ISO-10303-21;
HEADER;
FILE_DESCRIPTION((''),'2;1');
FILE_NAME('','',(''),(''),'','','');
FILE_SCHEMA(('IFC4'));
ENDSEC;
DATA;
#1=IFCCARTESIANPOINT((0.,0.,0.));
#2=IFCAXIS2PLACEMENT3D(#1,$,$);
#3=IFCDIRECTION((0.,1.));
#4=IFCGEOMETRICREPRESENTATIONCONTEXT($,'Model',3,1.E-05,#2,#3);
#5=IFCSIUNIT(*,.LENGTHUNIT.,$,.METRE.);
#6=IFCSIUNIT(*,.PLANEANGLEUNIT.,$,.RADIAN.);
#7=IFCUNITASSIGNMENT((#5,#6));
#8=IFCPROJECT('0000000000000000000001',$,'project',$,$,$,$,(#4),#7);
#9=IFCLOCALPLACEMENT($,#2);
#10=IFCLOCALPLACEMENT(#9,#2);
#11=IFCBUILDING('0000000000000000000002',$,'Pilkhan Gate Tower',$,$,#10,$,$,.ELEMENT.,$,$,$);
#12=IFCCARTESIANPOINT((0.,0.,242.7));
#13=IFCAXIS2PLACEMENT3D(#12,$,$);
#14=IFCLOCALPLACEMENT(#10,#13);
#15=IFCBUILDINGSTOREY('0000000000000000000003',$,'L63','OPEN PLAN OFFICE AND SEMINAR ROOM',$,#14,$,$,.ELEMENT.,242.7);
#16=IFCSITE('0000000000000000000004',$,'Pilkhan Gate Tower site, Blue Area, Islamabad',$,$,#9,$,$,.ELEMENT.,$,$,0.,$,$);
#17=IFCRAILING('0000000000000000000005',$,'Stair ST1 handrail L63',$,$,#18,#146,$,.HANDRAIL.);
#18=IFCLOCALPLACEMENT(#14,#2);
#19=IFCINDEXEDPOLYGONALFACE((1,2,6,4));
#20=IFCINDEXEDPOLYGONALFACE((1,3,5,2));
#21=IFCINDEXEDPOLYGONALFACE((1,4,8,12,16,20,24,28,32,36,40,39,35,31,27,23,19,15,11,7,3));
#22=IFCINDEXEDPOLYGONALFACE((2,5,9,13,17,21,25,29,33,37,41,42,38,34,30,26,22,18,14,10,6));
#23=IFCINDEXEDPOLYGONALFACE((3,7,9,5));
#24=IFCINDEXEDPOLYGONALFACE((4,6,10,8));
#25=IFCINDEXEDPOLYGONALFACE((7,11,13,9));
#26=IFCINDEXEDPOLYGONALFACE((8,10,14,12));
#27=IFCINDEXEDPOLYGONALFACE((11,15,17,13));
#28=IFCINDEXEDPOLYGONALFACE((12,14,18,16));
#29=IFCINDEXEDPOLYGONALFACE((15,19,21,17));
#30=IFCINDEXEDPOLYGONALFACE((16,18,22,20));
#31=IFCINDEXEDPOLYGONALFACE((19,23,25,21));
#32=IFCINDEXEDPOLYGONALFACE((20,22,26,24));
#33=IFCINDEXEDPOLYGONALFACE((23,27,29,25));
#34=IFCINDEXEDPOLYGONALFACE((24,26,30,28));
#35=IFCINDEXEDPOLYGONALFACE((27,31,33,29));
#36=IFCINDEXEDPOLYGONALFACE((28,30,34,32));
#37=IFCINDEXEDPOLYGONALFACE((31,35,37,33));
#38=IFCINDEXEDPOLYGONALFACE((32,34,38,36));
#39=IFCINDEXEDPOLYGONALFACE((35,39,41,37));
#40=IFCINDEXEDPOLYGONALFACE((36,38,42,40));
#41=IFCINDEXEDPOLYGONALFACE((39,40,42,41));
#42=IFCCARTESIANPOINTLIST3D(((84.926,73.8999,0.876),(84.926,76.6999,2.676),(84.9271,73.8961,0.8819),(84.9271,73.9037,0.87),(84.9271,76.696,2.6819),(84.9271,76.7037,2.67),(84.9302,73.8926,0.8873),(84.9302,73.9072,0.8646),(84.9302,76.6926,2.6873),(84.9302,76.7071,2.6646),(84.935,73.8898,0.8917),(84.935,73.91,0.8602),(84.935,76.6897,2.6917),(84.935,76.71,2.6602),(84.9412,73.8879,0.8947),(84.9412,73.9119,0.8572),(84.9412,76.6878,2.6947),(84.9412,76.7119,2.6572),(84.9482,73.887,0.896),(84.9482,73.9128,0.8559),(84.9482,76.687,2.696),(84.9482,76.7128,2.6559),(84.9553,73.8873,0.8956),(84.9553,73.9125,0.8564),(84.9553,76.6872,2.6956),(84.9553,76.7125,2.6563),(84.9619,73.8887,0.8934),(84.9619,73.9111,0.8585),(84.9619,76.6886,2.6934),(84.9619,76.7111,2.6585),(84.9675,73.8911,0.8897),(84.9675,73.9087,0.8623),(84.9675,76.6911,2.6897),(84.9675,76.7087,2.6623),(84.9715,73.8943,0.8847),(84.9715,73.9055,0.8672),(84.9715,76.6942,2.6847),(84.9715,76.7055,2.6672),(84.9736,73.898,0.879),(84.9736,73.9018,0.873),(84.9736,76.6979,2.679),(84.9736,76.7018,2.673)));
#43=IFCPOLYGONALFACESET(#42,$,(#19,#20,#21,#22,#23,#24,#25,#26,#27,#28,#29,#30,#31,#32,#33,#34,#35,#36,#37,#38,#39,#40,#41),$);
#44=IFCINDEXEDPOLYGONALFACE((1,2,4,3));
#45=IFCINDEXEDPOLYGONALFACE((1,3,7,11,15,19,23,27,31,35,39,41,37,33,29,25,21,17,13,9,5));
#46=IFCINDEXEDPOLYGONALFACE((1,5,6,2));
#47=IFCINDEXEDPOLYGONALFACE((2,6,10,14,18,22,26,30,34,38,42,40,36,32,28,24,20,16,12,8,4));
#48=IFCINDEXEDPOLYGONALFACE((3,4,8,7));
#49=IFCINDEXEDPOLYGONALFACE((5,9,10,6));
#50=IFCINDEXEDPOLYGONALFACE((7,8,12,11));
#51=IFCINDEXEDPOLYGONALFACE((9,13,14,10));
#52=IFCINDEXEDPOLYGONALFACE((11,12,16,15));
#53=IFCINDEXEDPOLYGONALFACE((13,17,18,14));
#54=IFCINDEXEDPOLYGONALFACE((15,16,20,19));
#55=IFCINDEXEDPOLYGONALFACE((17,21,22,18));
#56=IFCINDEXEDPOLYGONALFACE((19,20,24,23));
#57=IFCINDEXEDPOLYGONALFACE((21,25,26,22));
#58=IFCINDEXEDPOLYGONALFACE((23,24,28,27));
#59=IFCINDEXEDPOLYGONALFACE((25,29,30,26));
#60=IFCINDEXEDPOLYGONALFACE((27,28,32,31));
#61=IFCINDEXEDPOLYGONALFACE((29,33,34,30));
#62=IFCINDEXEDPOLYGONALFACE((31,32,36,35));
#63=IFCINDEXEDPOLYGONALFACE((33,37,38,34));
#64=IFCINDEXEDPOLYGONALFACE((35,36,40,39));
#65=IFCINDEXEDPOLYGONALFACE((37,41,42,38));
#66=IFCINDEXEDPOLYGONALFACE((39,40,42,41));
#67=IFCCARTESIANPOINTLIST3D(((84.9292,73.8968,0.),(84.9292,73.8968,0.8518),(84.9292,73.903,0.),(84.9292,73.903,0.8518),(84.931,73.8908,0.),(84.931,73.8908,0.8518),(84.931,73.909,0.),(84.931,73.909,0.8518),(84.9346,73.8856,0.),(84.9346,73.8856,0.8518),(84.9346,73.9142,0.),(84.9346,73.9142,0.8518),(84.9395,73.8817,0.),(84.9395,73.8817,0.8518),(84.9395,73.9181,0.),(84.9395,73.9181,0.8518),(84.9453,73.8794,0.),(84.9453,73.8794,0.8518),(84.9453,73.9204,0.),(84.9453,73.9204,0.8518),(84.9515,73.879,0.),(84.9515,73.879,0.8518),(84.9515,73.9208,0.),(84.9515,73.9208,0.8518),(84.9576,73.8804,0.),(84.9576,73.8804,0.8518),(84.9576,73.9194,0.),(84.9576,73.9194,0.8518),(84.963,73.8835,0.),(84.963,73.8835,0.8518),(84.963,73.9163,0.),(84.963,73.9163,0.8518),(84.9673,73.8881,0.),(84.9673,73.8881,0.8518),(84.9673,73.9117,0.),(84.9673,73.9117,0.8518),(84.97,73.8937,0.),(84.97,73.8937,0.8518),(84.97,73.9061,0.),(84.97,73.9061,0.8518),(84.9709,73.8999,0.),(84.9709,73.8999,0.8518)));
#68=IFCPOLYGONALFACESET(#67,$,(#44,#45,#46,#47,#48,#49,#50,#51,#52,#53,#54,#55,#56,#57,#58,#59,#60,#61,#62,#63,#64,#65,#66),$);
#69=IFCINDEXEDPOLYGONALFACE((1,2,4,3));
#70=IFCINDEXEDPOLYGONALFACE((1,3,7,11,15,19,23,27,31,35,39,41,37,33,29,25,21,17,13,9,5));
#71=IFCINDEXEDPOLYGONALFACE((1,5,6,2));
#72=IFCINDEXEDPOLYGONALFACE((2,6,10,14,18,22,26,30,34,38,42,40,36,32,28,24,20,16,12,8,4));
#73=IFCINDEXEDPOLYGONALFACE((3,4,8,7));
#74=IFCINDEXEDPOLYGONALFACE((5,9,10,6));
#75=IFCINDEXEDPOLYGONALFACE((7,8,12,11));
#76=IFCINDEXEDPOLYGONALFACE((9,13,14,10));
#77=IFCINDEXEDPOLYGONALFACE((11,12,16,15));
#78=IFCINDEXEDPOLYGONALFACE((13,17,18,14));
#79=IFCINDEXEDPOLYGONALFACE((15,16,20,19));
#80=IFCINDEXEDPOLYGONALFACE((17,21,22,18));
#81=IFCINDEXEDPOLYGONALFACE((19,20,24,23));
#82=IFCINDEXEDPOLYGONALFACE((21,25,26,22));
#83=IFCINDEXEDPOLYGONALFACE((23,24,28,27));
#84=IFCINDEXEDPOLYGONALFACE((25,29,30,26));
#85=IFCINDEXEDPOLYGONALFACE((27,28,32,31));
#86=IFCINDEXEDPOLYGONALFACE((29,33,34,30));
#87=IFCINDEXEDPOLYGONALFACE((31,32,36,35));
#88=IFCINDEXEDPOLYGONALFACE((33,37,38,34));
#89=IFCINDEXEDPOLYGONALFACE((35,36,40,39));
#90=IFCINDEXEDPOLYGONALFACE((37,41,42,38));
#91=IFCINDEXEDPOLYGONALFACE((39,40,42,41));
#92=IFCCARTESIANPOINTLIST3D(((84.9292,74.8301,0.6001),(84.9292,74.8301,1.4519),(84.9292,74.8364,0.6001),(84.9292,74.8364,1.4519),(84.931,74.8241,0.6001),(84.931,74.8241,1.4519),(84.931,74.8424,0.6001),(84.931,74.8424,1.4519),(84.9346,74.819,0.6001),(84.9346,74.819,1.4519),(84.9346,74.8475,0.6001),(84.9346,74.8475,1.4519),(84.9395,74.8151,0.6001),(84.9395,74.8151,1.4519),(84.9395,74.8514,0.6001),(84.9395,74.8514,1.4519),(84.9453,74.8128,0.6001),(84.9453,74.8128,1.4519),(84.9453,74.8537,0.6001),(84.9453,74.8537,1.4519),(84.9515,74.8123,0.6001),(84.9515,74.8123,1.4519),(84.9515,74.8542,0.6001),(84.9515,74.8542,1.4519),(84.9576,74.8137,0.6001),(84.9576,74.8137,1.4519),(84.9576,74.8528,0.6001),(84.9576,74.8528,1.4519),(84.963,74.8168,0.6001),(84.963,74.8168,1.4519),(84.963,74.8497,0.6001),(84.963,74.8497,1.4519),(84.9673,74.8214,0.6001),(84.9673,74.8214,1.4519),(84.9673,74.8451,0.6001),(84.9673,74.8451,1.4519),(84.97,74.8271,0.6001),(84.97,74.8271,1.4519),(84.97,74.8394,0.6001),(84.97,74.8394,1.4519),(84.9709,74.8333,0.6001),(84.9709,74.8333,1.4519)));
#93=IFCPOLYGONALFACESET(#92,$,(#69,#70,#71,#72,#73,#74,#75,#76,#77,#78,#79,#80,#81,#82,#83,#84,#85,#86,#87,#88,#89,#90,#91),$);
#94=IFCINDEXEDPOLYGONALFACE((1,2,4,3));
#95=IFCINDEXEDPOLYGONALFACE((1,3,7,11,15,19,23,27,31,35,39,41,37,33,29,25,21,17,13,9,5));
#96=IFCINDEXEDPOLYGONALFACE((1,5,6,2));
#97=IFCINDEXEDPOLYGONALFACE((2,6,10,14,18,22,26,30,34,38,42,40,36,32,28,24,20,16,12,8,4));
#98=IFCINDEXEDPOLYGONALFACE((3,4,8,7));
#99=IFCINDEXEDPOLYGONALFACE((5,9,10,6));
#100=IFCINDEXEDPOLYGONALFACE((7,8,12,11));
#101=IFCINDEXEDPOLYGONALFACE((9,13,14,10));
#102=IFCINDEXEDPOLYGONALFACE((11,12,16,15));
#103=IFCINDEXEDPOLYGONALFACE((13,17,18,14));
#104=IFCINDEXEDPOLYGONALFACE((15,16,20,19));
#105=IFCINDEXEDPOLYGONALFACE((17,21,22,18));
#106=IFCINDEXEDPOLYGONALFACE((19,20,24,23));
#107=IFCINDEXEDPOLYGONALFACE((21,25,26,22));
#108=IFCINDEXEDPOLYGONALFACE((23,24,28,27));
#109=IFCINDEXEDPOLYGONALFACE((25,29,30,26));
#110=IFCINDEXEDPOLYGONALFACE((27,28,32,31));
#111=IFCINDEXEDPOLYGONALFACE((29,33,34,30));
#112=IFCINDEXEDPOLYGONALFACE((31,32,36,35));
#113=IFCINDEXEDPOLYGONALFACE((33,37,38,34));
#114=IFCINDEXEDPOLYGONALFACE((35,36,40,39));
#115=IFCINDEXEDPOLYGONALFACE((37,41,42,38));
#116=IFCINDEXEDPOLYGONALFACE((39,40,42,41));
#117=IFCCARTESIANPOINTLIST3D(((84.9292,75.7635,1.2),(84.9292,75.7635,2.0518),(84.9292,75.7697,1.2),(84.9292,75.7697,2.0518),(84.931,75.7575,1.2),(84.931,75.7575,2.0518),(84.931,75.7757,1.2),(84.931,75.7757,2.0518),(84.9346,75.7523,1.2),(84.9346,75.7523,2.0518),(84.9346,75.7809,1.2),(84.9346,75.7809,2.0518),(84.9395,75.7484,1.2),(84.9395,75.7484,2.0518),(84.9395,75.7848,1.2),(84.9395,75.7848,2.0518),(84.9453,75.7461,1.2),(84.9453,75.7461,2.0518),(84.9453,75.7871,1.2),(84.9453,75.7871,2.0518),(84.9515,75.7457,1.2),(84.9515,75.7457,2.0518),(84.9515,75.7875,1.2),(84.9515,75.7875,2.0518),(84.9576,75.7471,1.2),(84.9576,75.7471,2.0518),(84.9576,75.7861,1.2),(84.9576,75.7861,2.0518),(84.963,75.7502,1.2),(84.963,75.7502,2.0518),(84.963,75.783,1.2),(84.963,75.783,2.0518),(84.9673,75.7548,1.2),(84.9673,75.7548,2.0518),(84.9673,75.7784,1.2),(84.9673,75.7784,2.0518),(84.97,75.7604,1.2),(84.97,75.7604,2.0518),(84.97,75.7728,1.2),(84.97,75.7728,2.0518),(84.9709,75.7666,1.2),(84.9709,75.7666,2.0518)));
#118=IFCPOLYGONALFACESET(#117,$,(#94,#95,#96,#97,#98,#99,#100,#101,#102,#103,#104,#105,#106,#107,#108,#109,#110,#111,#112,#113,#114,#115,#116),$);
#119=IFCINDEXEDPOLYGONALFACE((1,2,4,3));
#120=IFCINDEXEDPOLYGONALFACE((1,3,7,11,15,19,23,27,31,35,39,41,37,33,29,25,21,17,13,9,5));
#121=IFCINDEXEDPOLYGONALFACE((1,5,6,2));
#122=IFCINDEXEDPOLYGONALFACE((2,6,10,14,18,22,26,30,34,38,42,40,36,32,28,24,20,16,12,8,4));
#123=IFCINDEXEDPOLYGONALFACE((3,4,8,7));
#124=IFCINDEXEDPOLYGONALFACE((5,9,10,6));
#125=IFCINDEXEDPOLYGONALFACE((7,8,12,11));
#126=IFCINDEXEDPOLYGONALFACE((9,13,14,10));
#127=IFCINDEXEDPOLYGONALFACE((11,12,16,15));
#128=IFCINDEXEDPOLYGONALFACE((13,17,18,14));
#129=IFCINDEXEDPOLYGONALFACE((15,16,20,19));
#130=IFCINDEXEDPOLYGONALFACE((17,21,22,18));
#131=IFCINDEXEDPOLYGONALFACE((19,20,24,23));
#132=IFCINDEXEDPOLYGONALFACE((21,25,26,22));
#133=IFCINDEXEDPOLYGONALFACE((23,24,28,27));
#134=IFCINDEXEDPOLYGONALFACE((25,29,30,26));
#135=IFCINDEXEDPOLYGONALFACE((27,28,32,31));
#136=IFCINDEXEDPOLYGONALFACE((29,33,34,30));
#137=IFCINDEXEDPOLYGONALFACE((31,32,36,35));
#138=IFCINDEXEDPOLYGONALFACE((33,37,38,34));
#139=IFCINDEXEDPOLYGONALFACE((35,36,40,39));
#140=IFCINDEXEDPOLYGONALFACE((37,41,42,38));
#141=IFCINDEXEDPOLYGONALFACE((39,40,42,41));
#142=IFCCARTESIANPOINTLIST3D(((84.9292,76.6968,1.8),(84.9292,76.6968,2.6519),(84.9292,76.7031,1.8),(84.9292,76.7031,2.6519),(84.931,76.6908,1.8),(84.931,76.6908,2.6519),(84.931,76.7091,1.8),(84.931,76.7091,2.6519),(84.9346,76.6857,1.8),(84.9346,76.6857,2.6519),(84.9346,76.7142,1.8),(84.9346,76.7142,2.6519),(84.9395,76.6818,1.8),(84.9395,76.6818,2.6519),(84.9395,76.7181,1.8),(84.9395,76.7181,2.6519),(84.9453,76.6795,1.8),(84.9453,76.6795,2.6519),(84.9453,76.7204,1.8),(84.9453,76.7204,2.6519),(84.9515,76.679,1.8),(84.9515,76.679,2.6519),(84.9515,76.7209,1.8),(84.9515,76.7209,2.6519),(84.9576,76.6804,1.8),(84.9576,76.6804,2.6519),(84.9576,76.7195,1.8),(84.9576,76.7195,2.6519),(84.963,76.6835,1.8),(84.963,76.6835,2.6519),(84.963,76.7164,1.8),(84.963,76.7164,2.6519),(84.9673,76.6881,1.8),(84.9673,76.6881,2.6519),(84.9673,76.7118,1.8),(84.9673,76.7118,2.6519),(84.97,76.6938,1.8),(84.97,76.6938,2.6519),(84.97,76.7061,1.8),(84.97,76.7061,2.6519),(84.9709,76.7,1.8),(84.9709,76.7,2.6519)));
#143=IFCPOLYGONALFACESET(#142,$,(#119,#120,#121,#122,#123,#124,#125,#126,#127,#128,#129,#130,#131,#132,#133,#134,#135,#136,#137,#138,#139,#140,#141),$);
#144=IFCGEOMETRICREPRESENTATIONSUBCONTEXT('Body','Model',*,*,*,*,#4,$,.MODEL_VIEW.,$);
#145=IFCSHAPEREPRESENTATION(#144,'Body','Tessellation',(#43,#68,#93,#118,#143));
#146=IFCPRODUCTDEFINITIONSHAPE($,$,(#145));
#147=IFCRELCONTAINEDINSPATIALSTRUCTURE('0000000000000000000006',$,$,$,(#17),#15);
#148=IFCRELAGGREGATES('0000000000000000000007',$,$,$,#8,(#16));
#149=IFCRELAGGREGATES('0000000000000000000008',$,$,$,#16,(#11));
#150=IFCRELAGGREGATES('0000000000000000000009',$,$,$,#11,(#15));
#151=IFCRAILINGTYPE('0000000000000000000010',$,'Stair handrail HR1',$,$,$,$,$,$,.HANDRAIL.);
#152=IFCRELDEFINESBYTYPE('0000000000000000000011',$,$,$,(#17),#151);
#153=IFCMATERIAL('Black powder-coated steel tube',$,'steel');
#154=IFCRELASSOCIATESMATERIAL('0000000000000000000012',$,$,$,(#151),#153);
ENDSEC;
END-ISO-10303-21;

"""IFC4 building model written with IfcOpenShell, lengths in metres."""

from ifc_helpers import new_model, si_unit, direction, frame, origin, origin_2d, place, context, subcontext, project, spatial, circle, extrude, material, type_object, element, save


model = new_model("IFC4")

# Units and contexts
model_context = context("Model", 3, precision=1e-05, world=origin(), true_north=direction((0.0, 1.0)))
body_context = subcontext(model_context, "Body", "Model", "MODEL_VIEW")
ifc_project = project(units=[si_unit("LENGTHUNIT", "METRE"), si_unit("PLANEANGLEUNIT", "RADIAN")], contexts=[model_context])

# Site, building, storey
site_placement = place(None, origin())
site = spatial("IfcSite", under=ifc_project, at=site_placement, Name="Pilkhan Gate Tower site, Blue Area, Islamabad", CompositionType="ELEMENT", RefElevation=0.0)
building_placement = place(site_placement, origin())
building = spatial("IfcBuilding", under=site, at=building_placement, Name="Pilkhan Gate Tower", CompositionType="ELEMENT")
storey_placement = place(building_placement, frame((0.0, 0.0, 242.7)))
storey = spatial("IfcBuildingStorey", under=building, at=storey_placement, Name="L63", Description="OPEN PLAN OFFICE AND SEMINAR ROOM", CompositionType="ELEMENT", Elevation=242.7)

# Railing
ifc_material_1 = material(Name="Black powder-coated steel tube", Category="steel")
railing_type_1 = type_object("IfcRailingType", Name="Stair handrail HR1", PredefinedType="HANDRAIL", material=ifc_material_1)
railing_1_placement = place(storey_placement, frame((84.95, 73.8999, 0.0)))
element("IfcRailing", 1, at=railing_1_placement, inside=storey, type_object=railing_type_1, Name="Stair ST1 handrail L63", PredefinedType="HANDRAIL", context=body_context, shape_type="SweptSolid", body=[
    extrude(circle(Radius=0.0239, at=origin_2d()), frame((0.0, 0.0, 0.876), z_axis=(0.0, 0.841176, 0.540761), x_axis=(-1.0, 0.0, 0.0)), (0.0, 0.0, 1.0), 3.3286),
    extrude(circle(Radius=0.021, at=origin_2d()), origin(), (0.0, 0.0, 1.0), 0.8518),
    extrude(circle(Radius=0.021, at=origin_2d()), frame((0.0, 0.9333, 0.6001)), (0.0, 0.0, 1.0), 0.8518),
    extrude(circle(Radius=0.021, at=origin_2d()), frame((0.0, 1.8667, 1.2)), (0.0, 0.0, 1.0), 0.8518),
    extrude(circle(Radius=0.021, at=origin_2d()), frame((0.0, 2.8, 1.8)), (0.0, 0.0, 1.0), 0.8518),
])

save(model, "model.ifc")
